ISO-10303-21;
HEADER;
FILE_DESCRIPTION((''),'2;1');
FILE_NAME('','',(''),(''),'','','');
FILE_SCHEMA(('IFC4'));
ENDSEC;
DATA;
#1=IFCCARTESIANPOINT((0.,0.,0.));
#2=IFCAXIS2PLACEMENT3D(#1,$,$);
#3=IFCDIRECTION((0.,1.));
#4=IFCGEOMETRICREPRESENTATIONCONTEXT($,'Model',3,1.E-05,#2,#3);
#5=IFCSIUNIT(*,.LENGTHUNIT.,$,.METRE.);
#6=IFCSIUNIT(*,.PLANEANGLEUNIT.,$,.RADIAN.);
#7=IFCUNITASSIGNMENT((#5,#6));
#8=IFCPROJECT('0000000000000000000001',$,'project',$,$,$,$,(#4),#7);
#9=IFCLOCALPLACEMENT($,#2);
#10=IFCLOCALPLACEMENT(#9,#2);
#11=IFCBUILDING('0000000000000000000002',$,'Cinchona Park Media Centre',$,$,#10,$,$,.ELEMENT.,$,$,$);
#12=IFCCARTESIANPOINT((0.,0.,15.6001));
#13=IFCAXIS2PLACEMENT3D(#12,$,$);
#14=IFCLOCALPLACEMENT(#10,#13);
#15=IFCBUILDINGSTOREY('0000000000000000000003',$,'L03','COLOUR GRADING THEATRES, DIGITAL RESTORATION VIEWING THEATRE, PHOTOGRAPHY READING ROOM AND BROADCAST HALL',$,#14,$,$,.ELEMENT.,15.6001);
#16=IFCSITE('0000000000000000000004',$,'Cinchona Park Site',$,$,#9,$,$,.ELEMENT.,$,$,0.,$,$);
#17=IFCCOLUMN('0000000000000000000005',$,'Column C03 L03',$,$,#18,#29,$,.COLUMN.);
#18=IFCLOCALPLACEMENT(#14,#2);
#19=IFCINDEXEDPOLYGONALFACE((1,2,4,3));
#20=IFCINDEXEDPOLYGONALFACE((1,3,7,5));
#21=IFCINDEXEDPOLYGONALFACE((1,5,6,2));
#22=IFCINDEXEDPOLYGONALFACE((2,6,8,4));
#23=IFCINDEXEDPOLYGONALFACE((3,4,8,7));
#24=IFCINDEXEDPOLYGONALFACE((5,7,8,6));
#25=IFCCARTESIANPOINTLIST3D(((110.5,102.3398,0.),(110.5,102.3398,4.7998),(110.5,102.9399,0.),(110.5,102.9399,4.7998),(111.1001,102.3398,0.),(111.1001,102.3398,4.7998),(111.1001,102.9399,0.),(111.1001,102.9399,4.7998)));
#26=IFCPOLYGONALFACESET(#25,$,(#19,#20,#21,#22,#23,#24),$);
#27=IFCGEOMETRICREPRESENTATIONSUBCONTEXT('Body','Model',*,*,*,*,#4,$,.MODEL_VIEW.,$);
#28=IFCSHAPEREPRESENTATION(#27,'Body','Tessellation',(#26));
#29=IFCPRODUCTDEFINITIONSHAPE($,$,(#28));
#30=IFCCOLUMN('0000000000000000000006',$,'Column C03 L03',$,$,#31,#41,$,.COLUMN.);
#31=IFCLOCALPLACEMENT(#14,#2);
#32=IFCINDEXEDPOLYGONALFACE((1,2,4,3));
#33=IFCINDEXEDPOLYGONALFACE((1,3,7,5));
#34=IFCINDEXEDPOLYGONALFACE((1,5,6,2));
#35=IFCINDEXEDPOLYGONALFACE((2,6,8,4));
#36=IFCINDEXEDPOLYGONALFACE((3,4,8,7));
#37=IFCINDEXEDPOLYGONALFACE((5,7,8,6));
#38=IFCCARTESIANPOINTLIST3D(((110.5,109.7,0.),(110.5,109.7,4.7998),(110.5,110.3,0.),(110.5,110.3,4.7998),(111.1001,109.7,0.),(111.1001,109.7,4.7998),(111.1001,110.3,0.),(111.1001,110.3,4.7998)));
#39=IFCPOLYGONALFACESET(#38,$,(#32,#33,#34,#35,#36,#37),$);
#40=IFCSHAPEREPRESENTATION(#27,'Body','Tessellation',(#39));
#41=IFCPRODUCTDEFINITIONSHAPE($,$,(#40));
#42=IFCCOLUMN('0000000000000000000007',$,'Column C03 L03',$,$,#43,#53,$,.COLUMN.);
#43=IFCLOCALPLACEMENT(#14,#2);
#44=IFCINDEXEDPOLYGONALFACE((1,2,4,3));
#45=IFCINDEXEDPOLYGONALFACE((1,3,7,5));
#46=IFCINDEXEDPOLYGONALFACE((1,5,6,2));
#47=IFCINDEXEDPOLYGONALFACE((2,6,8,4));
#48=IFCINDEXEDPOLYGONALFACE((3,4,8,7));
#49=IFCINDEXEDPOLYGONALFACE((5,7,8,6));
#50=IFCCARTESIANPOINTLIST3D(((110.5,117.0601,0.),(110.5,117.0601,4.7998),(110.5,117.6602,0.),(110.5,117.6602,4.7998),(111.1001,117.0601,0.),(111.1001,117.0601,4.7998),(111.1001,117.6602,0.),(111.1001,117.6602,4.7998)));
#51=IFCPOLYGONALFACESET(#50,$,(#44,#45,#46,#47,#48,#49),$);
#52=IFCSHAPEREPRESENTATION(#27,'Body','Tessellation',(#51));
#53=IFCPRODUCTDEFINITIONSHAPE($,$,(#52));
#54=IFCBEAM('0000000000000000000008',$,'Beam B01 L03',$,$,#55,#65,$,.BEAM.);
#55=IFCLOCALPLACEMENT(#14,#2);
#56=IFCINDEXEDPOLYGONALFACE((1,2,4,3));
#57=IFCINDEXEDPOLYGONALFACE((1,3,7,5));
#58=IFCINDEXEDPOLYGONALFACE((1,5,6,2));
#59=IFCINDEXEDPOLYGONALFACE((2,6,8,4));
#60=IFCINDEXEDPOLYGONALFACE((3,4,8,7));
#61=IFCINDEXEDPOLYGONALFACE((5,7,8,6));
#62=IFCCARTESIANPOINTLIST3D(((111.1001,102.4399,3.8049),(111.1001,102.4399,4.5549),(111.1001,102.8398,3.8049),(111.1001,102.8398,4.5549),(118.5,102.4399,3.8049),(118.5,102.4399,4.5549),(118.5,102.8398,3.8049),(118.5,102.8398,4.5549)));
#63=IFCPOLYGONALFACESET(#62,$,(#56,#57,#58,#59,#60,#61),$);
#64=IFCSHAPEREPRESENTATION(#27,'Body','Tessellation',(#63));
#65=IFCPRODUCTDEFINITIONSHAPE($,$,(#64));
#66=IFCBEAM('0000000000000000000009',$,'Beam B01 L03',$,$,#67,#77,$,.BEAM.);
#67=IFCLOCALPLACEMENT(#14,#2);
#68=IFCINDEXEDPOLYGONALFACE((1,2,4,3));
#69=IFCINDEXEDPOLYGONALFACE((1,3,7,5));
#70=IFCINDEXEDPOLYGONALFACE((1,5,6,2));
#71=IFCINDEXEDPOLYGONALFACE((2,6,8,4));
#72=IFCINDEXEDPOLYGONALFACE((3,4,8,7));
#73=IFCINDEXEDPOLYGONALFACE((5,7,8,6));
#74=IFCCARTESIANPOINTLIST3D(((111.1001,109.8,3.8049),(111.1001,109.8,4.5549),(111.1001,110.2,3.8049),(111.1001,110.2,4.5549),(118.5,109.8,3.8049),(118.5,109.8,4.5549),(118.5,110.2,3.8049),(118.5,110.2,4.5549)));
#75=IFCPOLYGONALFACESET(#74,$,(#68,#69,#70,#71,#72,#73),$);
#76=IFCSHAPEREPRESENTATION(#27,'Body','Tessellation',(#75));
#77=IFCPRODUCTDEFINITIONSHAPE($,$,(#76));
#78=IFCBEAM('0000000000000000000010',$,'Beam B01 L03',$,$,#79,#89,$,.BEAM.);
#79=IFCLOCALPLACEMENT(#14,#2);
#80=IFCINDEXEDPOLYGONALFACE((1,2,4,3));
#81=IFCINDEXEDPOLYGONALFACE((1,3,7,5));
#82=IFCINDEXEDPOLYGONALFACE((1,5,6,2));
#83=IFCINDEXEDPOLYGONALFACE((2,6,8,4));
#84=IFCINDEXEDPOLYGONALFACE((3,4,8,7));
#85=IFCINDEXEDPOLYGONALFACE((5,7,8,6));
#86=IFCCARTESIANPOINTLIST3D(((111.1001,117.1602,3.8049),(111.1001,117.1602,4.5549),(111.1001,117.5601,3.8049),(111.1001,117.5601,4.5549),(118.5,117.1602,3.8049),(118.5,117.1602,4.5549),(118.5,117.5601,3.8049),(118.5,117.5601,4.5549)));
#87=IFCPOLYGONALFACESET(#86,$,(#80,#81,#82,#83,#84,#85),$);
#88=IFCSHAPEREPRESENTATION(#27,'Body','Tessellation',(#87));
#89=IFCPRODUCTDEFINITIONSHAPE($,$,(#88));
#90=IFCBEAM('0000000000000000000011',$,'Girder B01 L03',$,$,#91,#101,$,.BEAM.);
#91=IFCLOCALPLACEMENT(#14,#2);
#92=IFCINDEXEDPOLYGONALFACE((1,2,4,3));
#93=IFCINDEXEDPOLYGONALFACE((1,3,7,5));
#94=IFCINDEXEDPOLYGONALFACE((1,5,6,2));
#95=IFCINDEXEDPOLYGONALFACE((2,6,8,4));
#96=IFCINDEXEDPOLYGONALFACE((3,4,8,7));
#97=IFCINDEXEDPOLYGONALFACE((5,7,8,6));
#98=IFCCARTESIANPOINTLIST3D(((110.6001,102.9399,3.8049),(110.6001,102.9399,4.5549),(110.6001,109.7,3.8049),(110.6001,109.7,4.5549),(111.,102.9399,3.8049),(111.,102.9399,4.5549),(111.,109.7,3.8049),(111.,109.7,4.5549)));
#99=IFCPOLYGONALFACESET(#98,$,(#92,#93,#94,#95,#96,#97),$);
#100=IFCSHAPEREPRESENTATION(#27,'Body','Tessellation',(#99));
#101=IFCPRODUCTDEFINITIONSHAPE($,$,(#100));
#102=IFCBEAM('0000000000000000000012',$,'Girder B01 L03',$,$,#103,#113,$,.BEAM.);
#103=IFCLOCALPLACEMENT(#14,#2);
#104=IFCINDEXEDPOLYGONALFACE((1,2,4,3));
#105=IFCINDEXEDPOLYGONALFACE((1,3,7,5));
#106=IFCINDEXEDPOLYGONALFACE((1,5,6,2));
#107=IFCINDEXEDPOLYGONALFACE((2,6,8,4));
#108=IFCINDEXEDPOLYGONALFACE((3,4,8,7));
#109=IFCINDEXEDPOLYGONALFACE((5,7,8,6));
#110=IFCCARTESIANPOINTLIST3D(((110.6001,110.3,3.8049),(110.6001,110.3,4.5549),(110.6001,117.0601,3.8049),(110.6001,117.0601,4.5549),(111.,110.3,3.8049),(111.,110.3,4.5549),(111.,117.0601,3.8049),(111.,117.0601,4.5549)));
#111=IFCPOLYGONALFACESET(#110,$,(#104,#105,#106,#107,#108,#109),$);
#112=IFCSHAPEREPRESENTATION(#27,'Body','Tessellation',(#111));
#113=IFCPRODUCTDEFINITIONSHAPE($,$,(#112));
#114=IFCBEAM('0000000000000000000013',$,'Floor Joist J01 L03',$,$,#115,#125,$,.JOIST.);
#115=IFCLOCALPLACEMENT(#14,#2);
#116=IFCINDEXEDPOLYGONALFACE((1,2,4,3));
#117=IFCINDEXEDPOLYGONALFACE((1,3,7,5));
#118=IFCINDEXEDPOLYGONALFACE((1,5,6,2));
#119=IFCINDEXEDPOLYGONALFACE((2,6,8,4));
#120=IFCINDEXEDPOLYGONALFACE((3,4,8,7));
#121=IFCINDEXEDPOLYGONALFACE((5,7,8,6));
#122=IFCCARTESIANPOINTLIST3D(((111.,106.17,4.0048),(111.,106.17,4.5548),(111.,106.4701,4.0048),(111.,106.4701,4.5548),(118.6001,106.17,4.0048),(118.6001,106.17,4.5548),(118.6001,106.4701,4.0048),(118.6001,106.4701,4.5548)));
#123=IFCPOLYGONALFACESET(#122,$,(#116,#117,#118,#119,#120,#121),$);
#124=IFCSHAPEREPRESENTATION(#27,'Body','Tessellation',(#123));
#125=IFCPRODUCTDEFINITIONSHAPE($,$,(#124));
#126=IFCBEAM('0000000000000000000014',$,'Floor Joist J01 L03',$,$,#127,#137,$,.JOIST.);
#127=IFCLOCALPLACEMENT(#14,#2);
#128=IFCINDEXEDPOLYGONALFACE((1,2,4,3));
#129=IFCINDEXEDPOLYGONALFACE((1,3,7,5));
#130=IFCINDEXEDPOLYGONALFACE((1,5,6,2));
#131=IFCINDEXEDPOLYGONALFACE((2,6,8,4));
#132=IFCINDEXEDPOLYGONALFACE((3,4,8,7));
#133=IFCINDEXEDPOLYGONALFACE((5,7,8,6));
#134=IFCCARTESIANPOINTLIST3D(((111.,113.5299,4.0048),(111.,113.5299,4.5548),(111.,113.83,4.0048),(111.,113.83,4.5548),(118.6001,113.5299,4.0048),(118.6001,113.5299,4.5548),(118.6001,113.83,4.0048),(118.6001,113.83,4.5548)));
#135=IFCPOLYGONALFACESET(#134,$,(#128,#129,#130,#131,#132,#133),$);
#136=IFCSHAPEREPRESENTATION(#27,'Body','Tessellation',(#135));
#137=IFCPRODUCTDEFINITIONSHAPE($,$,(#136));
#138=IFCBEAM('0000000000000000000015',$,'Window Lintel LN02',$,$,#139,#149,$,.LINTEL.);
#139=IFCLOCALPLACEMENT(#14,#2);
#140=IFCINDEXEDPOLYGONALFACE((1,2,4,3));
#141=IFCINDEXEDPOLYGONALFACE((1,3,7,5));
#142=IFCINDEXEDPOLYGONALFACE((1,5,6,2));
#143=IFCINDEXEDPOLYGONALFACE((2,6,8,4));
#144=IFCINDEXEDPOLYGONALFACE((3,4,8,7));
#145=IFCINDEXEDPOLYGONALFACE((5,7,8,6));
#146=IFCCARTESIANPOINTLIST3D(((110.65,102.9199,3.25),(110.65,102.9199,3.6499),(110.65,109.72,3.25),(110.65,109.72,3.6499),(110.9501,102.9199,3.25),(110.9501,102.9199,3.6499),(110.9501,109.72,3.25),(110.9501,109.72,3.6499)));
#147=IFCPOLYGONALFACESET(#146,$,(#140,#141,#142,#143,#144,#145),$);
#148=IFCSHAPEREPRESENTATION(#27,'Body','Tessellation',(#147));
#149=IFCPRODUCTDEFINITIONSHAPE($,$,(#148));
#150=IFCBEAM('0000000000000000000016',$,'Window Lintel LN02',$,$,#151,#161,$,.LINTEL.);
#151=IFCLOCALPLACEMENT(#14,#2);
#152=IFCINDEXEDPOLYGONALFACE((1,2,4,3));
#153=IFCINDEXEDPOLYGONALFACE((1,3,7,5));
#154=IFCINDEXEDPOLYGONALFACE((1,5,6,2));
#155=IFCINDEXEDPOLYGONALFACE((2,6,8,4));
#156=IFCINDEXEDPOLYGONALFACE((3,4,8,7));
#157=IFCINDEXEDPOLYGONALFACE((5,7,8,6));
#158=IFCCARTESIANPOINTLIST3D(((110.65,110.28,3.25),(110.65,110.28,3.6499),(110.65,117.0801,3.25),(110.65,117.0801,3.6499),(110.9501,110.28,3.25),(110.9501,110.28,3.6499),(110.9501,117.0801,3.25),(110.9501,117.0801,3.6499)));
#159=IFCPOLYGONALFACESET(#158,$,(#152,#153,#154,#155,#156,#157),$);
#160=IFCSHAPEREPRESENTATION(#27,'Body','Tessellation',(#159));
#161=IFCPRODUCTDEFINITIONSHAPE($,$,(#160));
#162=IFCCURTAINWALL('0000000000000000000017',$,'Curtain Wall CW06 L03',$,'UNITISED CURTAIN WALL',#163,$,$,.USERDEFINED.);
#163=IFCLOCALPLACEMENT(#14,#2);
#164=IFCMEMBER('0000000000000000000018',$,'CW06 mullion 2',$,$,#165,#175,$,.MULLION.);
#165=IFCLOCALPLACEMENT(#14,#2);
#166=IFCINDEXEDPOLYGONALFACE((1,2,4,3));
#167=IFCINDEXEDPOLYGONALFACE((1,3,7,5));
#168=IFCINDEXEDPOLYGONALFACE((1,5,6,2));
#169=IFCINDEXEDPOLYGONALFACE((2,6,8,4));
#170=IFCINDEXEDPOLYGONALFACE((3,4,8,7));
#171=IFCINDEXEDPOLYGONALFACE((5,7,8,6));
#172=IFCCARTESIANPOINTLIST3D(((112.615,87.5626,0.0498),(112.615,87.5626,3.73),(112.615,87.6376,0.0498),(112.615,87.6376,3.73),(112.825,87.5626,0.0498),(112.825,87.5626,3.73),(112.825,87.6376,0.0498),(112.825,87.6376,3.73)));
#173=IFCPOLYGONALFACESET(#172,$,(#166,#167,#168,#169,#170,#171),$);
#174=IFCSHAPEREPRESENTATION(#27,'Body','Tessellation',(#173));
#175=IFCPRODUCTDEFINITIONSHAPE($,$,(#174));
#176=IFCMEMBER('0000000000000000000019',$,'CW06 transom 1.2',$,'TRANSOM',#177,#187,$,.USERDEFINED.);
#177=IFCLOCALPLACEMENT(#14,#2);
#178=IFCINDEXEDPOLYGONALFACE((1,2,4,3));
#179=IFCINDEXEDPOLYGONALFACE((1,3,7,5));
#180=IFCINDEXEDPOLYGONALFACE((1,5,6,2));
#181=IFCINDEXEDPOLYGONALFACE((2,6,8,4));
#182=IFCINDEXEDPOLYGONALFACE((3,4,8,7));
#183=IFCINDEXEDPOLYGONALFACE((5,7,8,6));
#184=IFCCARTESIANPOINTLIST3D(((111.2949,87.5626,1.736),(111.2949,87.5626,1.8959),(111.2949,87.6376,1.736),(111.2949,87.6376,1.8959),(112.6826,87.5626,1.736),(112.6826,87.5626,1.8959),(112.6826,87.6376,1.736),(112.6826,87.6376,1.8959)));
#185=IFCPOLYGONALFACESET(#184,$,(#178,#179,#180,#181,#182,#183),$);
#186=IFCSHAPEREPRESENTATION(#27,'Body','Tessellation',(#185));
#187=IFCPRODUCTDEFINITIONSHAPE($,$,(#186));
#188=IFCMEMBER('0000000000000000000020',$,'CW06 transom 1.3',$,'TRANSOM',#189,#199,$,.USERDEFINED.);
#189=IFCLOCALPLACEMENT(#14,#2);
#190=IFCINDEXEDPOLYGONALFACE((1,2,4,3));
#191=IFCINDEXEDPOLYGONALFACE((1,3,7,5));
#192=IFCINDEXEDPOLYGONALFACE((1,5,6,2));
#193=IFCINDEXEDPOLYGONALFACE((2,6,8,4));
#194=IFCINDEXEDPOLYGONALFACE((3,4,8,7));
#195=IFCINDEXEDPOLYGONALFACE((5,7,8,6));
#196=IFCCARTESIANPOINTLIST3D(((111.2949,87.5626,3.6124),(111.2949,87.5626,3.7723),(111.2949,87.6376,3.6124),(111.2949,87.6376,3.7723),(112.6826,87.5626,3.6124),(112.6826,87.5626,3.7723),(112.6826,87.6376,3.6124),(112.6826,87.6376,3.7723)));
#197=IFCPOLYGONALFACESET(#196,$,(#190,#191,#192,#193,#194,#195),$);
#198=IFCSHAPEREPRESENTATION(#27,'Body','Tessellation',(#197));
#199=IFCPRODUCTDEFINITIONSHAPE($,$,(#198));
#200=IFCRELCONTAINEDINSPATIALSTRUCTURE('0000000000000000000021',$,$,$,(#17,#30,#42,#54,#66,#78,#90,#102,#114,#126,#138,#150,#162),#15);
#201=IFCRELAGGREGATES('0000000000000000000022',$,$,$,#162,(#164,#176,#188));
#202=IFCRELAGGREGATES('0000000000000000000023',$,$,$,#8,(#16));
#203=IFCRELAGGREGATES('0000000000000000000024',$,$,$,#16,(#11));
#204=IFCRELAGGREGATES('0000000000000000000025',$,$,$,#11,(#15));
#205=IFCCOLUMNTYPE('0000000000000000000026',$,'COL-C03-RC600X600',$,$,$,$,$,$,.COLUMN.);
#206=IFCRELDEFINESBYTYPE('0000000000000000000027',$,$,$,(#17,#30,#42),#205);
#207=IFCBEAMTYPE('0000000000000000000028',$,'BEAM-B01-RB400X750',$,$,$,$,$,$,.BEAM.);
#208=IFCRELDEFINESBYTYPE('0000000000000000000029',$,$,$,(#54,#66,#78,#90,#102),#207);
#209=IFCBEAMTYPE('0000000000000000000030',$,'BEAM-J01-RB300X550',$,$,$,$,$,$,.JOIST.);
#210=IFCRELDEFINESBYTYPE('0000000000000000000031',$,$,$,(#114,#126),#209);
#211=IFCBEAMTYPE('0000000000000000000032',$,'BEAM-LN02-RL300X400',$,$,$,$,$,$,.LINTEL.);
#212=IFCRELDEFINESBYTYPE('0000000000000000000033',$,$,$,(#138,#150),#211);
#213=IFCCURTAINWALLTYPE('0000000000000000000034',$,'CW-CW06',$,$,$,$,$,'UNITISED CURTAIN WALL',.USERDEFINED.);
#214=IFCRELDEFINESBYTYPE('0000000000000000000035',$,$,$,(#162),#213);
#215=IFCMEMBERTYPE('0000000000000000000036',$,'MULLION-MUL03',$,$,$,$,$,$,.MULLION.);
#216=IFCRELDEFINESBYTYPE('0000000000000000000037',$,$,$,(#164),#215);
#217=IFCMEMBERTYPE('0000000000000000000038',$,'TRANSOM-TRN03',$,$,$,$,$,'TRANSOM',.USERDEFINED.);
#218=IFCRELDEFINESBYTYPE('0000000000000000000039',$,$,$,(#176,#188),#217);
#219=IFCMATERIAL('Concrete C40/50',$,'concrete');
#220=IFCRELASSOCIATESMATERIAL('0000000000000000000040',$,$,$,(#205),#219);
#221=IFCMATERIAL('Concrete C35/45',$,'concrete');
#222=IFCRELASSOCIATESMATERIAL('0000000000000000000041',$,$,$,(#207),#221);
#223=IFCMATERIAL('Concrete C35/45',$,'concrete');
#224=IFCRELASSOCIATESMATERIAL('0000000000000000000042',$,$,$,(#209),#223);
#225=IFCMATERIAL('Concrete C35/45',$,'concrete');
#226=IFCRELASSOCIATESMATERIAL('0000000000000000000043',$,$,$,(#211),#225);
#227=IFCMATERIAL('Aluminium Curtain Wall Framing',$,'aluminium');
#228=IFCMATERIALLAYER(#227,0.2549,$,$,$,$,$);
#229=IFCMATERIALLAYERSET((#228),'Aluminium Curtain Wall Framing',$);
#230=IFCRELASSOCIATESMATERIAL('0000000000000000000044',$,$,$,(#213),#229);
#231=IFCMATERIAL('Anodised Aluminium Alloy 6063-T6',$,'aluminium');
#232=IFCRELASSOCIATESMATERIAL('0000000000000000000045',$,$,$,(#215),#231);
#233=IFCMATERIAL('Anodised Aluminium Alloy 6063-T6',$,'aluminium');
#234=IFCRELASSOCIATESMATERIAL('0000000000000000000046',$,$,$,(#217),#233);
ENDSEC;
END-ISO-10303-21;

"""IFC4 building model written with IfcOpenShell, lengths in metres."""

from ifc_helpers import new_model, si_unit, direction, frame, origin, origin_2d, place, context, subcontext, project, spatial, rectangle, extrude, material, layer, layer_set, material_profile, profile_set, type_object, element, aggregate, save


model = new_model("IFC4")

# Units and contexts
model_context = context("Model", 3, precision=1e-05, world=origin(), true_north=direction((0.0, 1.0)))
body_context = subcontext(model_context, "Body", "Model", "MODEL_VIEW")
ifc_project = project(units=[si_unit("LENGTHUNIT", "METRE"), si_unit("PLANEANGLEUNIT", "RADIAN")], contexts=[model_context])

# Site, building, storey
site_placement = place(None, origin())
site = spatial("IfcSite", under=ifc_project, at=site_placement, Name="Cinchona Park Site", CompositionType="ELEMENT", RefElevation=0.0)
building_placement = place(site_placement, origin())
building = spatial("IfcBuilding", under=site, at=building_placement, Name="Cinchona Park Media Centre", CompositionType="ELEMENT")
storey_placement = place(building_placement, frame((0.0, 0.0, 15.6001)))
storey = spatial("IfcBuildingStorey", under=building, at=storey_placement, Name="L03", Description="COLOUR GRADING THEATRES, DIGITAL RESTORATION VIEWING THEATRE, PHOTOGRAPHY READING ROOM AND BROADCAST HALL", CompositionType="ELEMENT", Elevation=15.6001)

# Columns
ifc_material_1 = material(Name="Concrete C40/50", Category="concrete")
ifc_material_profile_1 = material_profile(ifc_material_1, rectangle(XDim=0.6001, YDim=0.6001, at=origin_2d()), Name="RC 600X600")
ifc_profile_set_1 = profile_set([ifc_material_profile_1], Name="Concrete C40/50")
column_type = type_object("IfcColumnType", Name="COL-C03-RC600X600", PredefinedType="COLUMN", material=ifc_profile_set_1)
for number, where, z_axis, x_axis, name in (
    (1, (110.8, 102.6399, 0.0), (0.0, 0.0, 1.0), (1.0, 0.0, 0.0), "Column C03 L03"),
    (2, (110.8, 110.0, 0.0), (0.0, 0.0, 1.0), (1.0, 0.0, 0.0), "Column C03 L03"),
    (3, (110.8, 117.3601, 0.0), (0.0, 0.0, 1.0), (1.0, 0.0, 0.0), "Column C03 L03"),
):
    element("IfcColumn", number, at=place(storey_placement, frame(where, z_axis=z_axis, x_axis=x_axis)), inside=storey, type_object=column_type, Name=name, PredefinedType="COLUMN", context=body_context, shape_type="SweptSolid", body=[
        extrude(rectangle(XDim=0.6001, YDim=0.6001, at=origin_2d()), origin(), (0.0, 0.0, 1.0), 4.7998),
    ])

# Beams
ifc_material_2 = material(Name="Concrete C35/45", Category="concrete")
ifc_material_profile_2 = material_profile(ifc_material_2, rectangle(XDim=0.3999, YDim=0.75, at=origin_2d()), Name="RB 400X750")
ifc_profile_set_2 = profile_set([ifc_material_profile_2], Name="Concrete C35/45")
beam_type_1 = type_object("IfcBeamType", Name="BEAM-B01-RB400X750", PredefinedType="BEAM", material=ifc_profile_set_2)
for number, where, z_axis, x_axis, name in (
    (4, (111.1001, 102.6399, 4.1799), (1.0, 0.0, 0.0), (0.0, 1.0, 0.0), "Beam B01 L03"),
    (5, (111.1001, 110.0, 4.1799), (1.0, 0.0, 0.0), (0.0, 1.0, 0.0), "Beam B01 L03"),
    (6, (111.1001, 117.3601, 4.1799), (1.0, 0.0, 0.0), (0.0, 1.0, 0.0), "Beam B01 L03"),
):
    element("IfcBeam", number, at=place(storey_placement, frame(where, z_axis=z_axis, x_axis=x_axis)), inside=storey, type_object=beam_type_1, Name=name, PredefinedType="BEAM", context=body_context, shape_type="SweptSolid", body=[
        extrude(rectangle(XDim=0.3999, YDim=0.75, at=origin_2d()), origin(), (0.0, 0.0, 1.0), 7.3999),
    ])
for number, where, z_axis, x_axis, name in (
    (7, (110.8, 102.9399, 4.1799), (0.0, 1.0, 0.0), (-1.0, 0.0, 0.0), "Girder B01 L03"),
    (8, (110.8, 110.3, 4.1799), (0.0, 1.0, 0.0), (-1.0, 0.0, 0.0), "Girder B01 L03"),
):
    element("IfcBeam", number, at=place(storey_placement, frame(where, z_axis=z_axis, x_axis=x_axis)), inside=storey, type_object=beam_type_1, Name=name, PredefinedType="BEAM", context=body_context, shape_type="SweptSolid", body=[
        extrude(rectangle(XDim=0.3999, YDim=0.75, at=origin_2d()), origin(), (0.0, 0.0, 1.0), 6.76),
    ])
ifc_material_3 = material(Name="Concrete C35/45", Category="concrete")
ifc_material_profile_3 = material_profile(ifc_material_3, rectangle(XDim=0.3, YDim=0.55, at=origin_2d()), Name="RB 300X550")
ifc_profile_set_3 = profile_set([ifc_material_profile_3], Name="Concrete C35/45")
beam_type_2 = type_object("IfcBeamType", Name="BEAM-J01-RB300X550", PredefinedType="JOIST", material=ifc_profile_set_3)
for number, where, z_axis, x_axis, name in (
    (9, (111.0, 106.3201, 4.2798), (1.0, 0.0, 0.0), (0.0, 1.0, 0.0), "Floor Joist J01 L03"),
    (10, (111.0, 113.6799, 4.2798), (1.0, 0.0, 0.0), (0.0, 1.0, 0.0), "Floor Joist J01 L03"),
):
    element("IfcBeam", number, at=place(storey_placement, frame(where, z_axis=z_axis, x_axis=x_axis)), inside=storey, type_object=beam_type_2, Name=name, PredefinedType="JOIST", context=body_context, shape_type="SweptSolid", body=[
        extrude(rectangle(XDim=0.3, YDim=0.55, at=origin_2d()), origin(), (0.0, 0.0, 1.0), 7.6001),
    ])
ifc_material_4 = material(Name="Concrete C35/45", Category="concrete")
ifc_material_profile_4 = material_profile(ifc_material_4, rectangle(XDim=0.3, YDim=0.3999, at=origin_2d()), Name="RL 300X400")
ifc_profile_set_4 = profile_set([ifc_material_profile_4], Name="Concrete C35/45")
beam_type_3 = type_object("IfcBeamType", Name="BEAM-LN02-RL300X400", PredefinedType="LINTEL", material=ifc_profile_set_4)
for number, where, z_axis, x_axis, name in (
    (11, (110.8, 102.9199, 3.45), (0.0, 1.0, 0.0), (-1.0, 0.0, 0.0), "Window Lintel LN02"),
    (12, (110.8, 110.28, 3.45), (0.0, 1.0, 0.0), (-1.0, 0.0, 0.0), "Window Lintel LN02"),
):
    element("IfcBeam", number, at=place(storey_placement, frame(where, z_axis=z_axis, x_axis=x_axis)), inside=storey, type_object=beam_type_3, Name=name, PredefinedType="LINTEL", context=body_context, shape_type="SweptSolid", body=[
        extrude(rectangle(XDim=0.3, YDim=0.3999, at=origin_2d()), origin(), (0.0, 0.0, 1.0), 6.8),
    ])

# Curtain wall, members
ifc_material_5 = material(Name="Aluminium Curtain Wall Framing", Category="aluminium")
ifc_layer_1 = layer(ifc_material_5, 0.2549)
ifc_layer_set_1 = layer_set([ifc_layer_1], Name="Aluminium Curtain Wall Framing")
curtain_wall_type = type_object("IfcCurtainWallType", Name="CW-CW06", ElementType="UNITISED CURTAIN WALL", PredefinedType="USERDEFINED", material=ifc_layer_set_1)
curtain_wall_placement = place(storey_placement, origin())
curtain_wall = element("IfcCurtainWall", 13, at=curtain_wall_placement, inside=storey, type_object=curtain_wall_type, Name="Curtain Wall CW06 L03", ObjectType="UNITISED CURTAIN WALL", PredefinedType="USERDEFINED")
ifc_material_6 = material(Name="Anodised Aluminium Alloy 6063-T6", Category="aluminium")
ifc_material_profile_5 = material_profile(ifc_material_6, rectangle(XDim=0.075, YDim=0.21, at=origin_2d()), Name="MUL-75X210")
ifc_profile_set_5 = profile_set([ifc_material_profile_5], Name="Anodised Aluminium Alloy 6063-T6")
member_type_1 = type_object("IfcMemberType", Name="MULLION-MUL03", PredefinedType="MULLION", material=ifc_profile_set_5)
member_1_placement = place(storey_placement, frame((112.72, 87.6001, 0.0498), z_axis=(0.0, 0.0, 1.0), x_axis=(0.0, 1.0, 0.0)))
member_1 = element("IfcMember", 14, at=member_1_placement, type_object=member_type_1, Name="CW06 mullion 2", PredefinedType="MULLION", context=body_context, shape_type="SweptSolid", body=[
    extrude(rectangle(XDim=0.075, YDim=0.21, at=origin_2d()), origin(), (0.0, 0.0, 1.0), 3.6802),
])
ifc_material_7 = material(Name="Anodised Aluminium Alloy 6063-T6", Category="aluminium")
ifc_material_profile_6 = material_profile(ifc_material_7, rectangle(XDim=0.075, YDim=0.1599, at=origin_2d()), Name="TRN-75X160")
ifc_profile_set_6 = profile_set([ifc_material_profile_6], Name="Anodised Aluminium Alloy 6063-T6")
member_type_2 = type_object("IfcMemberType", Name="TRANSOM-TRN03", ElementType="TRANSOM", PredefinedType="USERDEFINED", material=ifc_profile_set_6)
member_2_placement = place(storey_placement, frame((111.2949, 87.6001, 1.8159), z_axis=(1.0, 0.0, 0.0), x_axis=(0.0, 1.0, 0.0)))
member_2 = element("IfcMember", 15, at=member_2_placement, type_object=member_type_2, Name="CW06 transom 1.2", ObjectType="TRANSOM", PredefinedType="USERDEFINED", context=body_context, shape_type="SweptSolid", body=[
    extrude(rectangle(XDim=0.075, YDim=0.1599, at=origin_2d()), origin(), (0.0, 0.0, 1.0), 1.3877),
])
member_3_placement = place(storey_placement, frame((111.2949, 87.6001, 3.6924), z_axis=(1.0, 0.0, 0.0), x_axis=(0.0, 1.0, 0.0)))
member_3 = element("IfcMember", 16, at=member_3_placement, type_object=member_type_2, Name="CW06 transom 1.3", ObjectType="TRANSOM", PredefinedType="USERDEFINED", context=body_context, shape_type="SweptSolid", body=[
    extrude(rectangle(XDim=0.075, YDim=0.1599, at=origin_2d()), origin(), (0.0, 0.0, 1.0), 1.3877),
])
aggregate(curtain_wall, [member_1, member_2, member_3])

save(model, "model.ifc")
